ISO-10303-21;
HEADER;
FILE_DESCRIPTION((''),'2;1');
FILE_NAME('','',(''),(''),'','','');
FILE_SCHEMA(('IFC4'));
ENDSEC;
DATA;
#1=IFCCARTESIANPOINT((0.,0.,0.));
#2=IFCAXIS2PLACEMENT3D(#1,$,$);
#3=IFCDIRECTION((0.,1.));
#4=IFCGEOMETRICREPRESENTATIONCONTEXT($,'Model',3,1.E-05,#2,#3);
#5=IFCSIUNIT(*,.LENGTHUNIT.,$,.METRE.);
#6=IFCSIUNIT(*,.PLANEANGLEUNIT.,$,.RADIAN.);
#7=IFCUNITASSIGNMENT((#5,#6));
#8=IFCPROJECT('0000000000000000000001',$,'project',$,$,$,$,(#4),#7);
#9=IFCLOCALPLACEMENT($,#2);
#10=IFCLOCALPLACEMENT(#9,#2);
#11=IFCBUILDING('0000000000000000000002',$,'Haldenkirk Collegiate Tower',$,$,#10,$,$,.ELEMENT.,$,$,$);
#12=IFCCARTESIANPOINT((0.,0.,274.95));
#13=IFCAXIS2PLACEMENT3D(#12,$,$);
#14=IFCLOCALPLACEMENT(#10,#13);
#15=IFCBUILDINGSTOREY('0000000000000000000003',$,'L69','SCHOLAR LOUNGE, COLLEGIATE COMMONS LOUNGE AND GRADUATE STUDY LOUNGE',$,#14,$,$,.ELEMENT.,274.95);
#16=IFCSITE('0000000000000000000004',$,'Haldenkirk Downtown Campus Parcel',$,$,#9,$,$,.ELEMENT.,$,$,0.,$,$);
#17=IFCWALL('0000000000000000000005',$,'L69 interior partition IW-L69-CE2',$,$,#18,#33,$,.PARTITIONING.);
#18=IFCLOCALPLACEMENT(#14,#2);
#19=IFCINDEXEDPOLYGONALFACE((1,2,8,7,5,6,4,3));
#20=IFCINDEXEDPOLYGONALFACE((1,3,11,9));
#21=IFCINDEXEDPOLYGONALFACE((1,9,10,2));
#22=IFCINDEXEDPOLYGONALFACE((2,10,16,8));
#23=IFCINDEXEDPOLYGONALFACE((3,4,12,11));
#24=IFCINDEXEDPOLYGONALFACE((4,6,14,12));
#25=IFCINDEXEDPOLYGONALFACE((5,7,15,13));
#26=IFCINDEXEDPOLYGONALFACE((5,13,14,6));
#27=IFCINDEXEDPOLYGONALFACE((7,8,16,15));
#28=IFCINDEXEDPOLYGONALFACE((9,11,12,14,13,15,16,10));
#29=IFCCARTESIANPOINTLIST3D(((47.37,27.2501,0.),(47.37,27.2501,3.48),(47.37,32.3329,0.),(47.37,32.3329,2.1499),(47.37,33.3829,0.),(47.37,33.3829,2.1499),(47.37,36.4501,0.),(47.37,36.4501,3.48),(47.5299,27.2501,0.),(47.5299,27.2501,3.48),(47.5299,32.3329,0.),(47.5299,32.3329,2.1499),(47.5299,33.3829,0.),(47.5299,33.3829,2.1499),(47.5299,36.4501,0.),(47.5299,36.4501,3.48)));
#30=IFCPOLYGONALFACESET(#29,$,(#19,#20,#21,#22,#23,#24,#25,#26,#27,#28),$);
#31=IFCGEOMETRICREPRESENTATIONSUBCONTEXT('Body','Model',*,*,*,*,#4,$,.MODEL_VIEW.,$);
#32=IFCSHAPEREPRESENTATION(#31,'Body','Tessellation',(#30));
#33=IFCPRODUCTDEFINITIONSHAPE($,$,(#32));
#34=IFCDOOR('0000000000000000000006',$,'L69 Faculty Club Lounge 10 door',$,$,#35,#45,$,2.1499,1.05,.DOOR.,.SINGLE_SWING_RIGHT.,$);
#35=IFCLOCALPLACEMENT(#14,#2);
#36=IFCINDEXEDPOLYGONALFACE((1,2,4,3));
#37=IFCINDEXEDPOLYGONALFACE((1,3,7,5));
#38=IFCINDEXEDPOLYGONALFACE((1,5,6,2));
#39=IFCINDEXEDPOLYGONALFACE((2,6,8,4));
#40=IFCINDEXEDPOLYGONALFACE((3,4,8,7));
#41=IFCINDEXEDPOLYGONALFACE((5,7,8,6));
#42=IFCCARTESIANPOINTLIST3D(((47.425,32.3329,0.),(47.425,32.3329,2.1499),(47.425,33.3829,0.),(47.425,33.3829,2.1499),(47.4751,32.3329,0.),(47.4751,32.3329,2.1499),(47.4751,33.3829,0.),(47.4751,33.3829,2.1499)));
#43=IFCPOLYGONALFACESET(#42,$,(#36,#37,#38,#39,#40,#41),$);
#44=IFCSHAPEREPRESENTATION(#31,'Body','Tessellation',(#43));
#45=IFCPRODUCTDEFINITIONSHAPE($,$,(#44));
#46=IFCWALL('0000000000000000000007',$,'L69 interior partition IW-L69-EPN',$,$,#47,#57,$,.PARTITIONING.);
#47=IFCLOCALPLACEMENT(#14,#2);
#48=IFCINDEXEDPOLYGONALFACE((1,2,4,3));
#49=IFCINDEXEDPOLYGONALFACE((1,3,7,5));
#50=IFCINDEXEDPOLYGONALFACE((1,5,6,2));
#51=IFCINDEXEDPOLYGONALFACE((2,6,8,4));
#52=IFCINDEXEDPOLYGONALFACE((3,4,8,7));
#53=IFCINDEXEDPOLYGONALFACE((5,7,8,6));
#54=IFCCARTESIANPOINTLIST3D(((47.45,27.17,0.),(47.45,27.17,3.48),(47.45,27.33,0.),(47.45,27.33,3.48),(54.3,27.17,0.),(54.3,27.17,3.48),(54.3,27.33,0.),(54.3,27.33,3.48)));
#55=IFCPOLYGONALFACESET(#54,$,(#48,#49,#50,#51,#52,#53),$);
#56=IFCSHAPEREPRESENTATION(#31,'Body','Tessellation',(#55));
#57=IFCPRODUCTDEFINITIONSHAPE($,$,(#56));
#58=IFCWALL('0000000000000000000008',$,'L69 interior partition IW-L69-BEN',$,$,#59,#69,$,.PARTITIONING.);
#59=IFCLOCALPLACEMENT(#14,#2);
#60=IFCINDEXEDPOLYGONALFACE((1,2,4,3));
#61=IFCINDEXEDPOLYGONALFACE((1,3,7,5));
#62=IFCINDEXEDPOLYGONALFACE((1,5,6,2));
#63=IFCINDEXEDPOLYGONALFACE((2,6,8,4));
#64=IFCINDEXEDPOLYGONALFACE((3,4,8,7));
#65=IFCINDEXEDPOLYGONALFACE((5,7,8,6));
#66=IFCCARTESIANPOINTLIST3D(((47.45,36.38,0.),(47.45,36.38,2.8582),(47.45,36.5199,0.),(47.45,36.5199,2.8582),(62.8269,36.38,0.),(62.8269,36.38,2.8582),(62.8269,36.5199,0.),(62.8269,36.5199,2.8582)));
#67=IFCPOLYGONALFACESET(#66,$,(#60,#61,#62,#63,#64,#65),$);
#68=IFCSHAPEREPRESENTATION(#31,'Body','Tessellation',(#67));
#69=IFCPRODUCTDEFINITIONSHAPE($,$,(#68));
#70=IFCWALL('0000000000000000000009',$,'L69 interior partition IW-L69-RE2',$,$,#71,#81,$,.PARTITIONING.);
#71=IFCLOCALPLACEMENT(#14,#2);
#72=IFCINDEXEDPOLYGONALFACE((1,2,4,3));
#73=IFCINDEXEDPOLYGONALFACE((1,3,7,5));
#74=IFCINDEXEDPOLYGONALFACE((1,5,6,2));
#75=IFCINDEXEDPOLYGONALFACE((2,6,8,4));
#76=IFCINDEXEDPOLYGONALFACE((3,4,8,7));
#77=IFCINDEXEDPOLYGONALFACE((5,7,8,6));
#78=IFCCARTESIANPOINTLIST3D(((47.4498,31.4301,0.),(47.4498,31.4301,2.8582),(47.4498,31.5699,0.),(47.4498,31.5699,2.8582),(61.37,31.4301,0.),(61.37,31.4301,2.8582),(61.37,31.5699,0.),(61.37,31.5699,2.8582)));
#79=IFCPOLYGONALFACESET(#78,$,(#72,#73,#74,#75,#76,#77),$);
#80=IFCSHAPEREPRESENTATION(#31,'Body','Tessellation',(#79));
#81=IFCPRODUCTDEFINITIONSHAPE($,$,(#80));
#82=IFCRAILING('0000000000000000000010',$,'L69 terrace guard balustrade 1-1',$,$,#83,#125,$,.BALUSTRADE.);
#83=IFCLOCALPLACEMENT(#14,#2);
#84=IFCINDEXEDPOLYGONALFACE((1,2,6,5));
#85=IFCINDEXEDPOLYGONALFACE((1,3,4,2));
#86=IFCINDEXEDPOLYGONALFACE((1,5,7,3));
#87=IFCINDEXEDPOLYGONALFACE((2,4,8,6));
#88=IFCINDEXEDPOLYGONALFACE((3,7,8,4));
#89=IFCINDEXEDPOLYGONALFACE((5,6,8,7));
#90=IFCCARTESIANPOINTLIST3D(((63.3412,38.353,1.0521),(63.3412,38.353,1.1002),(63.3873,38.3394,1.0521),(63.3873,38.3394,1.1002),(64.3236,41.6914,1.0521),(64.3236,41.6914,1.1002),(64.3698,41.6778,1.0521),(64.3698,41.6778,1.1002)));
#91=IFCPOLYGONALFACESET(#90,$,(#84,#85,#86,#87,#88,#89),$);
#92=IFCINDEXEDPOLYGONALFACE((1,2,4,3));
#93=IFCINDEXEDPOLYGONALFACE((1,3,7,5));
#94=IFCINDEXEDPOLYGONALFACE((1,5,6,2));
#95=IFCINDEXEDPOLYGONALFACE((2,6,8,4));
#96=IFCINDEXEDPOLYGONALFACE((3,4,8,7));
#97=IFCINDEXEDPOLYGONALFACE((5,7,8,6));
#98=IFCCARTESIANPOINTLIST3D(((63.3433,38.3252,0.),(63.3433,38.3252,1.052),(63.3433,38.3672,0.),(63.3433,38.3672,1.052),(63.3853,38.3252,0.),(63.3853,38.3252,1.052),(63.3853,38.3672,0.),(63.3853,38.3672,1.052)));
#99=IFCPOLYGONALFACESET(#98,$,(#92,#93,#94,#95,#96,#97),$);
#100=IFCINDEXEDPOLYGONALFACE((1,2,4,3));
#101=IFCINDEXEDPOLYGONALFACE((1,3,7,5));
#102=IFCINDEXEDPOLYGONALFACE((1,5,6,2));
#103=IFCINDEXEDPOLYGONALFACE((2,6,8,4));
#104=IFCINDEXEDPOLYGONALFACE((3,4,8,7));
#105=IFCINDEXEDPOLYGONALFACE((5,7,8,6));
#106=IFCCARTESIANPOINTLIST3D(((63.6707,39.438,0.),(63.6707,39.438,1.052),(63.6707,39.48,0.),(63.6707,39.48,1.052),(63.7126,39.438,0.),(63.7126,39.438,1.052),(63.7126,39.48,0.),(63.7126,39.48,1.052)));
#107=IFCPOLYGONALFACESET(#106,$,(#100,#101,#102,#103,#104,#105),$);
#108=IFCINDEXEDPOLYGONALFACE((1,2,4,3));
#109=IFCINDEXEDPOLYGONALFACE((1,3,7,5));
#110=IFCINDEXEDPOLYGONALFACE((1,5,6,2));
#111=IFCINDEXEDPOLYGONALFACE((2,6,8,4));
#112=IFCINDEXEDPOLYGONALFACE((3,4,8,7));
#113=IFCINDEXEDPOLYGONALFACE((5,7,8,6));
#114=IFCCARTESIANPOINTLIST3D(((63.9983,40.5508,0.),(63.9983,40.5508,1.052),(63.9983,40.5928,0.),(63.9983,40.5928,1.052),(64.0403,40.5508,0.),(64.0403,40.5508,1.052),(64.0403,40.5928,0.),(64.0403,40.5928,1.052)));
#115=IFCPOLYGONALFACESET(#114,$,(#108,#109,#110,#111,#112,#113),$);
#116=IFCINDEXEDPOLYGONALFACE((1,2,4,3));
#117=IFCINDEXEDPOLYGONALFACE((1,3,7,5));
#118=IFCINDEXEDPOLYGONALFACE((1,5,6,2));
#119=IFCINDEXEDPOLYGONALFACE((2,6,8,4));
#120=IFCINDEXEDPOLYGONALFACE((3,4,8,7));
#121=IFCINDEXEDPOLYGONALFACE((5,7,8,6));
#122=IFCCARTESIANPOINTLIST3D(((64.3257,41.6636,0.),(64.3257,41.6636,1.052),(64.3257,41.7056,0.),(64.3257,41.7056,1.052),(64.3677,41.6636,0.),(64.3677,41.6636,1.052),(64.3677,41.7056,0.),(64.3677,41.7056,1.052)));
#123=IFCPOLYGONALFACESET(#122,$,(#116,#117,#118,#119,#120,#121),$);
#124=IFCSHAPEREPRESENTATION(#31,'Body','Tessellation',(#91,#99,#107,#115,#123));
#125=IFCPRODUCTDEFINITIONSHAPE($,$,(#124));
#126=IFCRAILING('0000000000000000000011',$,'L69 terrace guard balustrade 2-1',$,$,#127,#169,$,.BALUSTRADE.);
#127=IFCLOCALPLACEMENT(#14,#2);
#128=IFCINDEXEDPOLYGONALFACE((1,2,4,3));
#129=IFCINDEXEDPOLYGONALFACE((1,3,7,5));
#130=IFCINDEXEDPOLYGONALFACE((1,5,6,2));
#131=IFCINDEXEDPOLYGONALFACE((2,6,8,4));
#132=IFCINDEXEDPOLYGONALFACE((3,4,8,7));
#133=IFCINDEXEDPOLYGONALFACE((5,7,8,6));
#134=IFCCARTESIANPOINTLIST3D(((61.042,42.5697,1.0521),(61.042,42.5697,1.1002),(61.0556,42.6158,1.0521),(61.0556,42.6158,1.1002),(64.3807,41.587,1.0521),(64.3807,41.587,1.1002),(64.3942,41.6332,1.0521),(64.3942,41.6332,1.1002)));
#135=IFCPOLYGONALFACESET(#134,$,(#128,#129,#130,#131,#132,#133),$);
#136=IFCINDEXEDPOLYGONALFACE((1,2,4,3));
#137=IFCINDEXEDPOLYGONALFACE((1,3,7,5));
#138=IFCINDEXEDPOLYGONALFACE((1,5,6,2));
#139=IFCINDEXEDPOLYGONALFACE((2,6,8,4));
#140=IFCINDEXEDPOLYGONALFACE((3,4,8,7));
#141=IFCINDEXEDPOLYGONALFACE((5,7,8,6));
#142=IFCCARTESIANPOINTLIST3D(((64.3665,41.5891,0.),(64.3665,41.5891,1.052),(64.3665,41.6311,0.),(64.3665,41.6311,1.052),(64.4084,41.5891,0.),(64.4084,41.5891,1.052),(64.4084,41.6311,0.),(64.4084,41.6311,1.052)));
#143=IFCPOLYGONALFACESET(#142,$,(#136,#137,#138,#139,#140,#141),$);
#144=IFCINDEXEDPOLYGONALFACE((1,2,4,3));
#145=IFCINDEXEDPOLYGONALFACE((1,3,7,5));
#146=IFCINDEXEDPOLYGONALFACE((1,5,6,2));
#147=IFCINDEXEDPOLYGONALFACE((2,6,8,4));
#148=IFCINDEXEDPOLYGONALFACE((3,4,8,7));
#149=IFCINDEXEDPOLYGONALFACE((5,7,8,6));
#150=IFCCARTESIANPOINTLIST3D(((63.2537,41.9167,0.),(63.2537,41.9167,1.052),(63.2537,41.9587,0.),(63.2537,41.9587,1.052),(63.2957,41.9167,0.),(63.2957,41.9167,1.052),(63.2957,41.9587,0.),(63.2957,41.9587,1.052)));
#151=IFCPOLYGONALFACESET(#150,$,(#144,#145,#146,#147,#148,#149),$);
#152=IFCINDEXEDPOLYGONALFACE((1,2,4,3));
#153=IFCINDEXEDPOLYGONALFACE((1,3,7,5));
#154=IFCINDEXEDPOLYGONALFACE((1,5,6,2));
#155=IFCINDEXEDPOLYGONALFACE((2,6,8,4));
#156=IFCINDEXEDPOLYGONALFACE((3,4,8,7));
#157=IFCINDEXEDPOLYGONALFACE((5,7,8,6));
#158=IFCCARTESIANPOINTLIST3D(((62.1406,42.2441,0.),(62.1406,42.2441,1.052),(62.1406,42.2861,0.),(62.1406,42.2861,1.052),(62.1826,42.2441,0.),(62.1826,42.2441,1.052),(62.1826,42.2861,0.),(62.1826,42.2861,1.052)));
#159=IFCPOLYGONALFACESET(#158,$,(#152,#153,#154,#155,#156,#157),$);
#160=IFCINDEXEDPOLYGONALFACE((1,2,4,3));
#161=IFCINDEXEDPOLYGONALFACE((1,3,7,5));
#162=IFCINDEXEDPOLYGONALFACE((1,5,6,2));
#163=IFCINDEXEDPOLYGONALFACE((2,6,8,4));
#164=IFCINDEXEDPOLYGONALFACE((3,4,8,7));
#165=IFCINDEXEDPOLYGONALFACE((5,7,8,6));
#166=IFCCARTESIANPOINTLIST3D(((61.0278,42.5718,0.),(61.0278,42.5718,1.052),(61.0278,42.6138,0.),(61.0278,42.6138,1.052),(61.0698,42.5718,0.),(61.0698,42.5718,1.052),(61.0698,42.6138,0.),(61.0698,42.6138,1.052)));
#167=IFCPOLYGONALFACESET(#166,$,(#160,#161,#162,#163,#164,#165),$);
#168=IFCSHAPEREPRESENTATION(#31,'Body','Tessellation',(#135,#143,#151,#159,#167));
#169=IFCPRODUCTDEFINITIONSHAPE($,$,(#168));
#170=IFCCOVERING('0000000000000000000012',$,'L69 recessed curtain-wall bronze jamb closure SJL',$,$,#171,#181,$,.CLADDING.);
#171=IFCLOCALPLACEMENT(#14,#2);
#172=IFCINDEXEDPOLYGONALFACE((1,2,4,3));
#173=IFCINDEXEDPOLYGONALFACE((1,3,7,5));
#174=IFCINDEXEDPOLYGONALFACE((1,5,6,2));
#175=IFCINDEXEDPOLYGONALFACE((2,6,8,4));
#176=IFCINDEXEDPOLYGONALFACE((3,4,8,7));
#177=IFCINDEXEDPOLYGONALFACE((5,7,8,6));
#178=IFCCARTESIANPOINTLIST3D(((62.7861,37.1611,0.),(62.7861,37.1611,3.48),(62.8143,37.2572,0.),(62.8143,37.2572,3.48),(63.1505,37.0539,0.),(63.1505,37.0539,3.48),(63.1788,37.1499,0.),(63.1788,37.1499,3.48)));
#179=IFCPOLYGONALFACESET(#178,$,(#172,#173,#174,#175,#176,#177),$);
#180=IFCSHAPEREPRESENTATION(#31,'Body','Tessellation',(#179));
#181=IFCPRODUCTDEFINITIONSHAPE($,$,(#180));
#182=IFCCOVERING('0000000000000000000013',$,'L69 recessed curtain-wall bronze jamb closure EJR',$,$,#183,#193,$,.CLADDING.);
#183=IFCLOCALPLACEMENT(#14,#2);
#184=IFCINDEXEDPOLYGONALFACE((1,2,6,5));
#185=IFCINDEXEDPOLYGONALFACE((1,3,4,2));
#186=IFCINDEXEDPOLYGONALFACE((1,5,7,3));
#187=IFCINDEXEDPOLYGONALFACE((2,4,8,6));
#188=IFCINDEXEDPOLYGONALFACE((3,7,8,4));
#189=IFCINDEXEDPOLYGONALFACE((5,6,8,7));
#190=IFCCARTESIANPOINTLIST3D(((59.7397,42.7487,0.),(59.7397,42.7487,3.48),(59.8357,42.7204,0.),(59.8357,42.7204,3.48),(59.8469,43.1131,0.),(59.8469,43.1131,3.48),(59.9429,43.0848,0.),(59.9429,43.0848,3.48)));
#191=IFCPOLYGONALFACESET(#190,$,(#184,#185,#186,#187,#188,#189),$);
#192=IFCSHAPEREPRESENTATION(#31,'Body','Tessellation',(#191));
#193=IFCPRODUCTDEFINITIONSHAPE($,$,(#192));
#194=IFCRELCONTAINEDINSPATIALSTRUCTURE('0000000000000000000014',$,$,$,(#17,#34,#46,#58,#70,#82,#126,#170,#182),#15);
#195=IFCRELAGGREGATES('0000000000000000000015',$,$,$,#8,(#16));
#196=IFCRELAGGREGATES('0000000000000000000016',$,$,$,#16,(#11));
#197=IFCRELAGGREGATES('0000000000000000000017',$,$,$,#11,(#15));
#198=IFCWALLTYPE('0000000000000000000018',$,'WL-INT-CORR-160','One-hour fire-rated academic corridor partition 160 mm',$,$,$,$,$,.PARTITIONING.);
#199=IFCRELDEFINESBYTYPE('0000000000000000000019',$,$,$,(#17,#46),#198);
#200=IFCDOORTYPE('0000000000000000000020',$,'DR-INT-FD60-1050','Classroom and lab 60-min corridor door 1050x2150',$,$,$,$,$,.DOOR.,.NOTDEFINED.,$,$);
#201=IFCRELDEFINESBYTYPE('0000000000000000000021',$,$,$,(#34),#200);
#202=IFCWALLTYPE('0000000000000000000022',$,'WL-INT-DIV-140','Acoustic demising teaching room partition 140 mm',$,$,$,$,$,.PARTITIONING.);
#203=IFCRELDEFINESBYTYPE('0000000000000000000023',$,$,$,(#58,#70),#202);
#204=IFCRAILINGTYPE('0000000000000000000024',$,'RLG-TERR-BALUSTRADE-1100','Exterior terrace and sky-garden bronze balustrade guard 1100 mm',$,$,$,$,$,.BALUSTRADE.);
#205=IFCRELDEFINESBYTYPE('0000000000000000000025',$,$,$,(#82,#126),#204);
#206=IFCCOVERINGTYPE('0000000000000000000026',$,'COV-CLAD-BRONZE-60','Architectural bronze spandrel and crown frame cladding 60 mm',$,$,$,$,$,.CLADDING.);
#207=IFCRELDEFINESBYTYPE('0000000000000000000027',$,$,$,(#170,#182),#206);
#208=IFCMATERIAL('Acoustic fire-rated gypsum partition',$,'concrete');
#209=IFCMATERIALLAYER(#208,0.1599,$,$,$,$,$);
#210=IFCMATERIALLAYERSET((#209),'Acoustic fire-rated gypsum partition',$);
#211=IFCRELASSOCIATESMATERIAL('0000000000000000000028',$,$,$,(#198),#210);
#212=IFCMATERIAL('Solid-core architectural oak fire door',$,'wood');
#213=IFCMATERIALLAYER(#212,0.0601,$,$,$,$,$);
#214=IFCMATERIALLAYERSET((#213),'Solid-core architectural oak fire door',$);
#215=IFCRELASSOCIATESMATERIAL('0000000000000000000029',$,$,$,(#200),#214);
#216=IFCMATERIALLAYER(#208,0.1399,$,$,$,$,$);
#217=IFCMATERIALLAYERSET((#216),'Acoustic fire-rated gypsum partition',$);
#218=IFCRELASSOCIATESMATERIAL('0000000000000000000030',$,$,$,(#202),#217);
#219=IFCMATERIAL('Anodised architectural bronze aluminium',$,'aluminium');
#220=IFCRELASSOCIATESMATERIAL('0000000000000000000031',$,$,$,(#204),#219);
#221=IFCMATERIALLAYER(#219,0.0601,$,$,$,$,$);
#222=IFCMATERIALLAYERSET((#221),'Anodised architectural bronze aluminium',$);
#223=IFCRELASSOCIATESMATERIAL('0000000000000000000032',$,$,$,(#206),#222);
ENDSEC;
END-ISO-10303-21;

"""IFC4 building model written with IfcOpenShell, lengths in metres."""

from ifc_helpers import new_model, si_unit, direction, frame, frame_2d, origin, origin_2d, place, context, subcontext, project, spatial, rectangle, extrude, source, transform, mapped, material, layer, layer_set, type_object, element, fill, save


model = new_model("IFC4")

# Units and contexts
model_context = context("Model", 3, precision=1e-05, world=origin(), true_north=direction((0.0, 1.0)))
body_context = subcontext(model_context, "Body", "Model", "MODEL_VIEW")
ifc_project = project(units=[si_unit("LENGTHUNIT", "METRE"), si_unit("PLANEANGLEUNIT", "RADIAN")], contexts=[model_context])

# Site, building, storey
site_placement = place(None, origin())
site = spatial("IfcSite", under=ifc_project, at=site_placement, Name="Haldenkirk Downtown Campus Parcel", CompositionType="ELEMENT", RefElevation=0.0)
building_placement = place(site_placement, origin())
building = spatial("IfcBuilding", under=site, at=building_placement, Name="Haldenkirk Collegiate Tower", CompositionType="ELEMENT")
storey_placement = place(building_placement, frame((0.0, 0.0, 274.95)))
storey = spatial("IfcBuildingStorey", under=building, at=storey_placement, Name="L69", Description="SCHOLAR LOUNGE, COLLEGIATE COMMONS LOUNGE AND GRADUATE STUDY LOUNGE", CompositionType="ELEMENT", Elevation=274.95)

# Shared definitions
ifc_material_1 = material(Name="Anodised architectural bronze aluminium", Category="aluminium")

# Wall, opening, door
ifc_material_2 = material(Name="Acoustic fire-rated gypsum partition", Category="concrete")
ifc_layer_1 = layer(ifc_material_2, 0.1599)
ifc_layer_set_1 = layer_set([ifc_layer_1], Name="Acoustic fire-rated gypsum partition")
wall_type_1 = type_object("IfcWallType", Name="WL-INT-CORR-160", Description="One-hour fire-rated academic corridor partition 160 mm", PredefinedType="PARTITIONING", material=ifc_layer_set_1)
wall_1_placement = place(storey_placement, frame((47.45, 27.25, 0.0), z_axis=(0.0, 0.0, 1.0), x_axis=(0.0, 1.0, 0.0)))
wall_1 = element("IfcWall", 1, at=wall_1_placement, inside=storey, type_object=wall_type_1, Name="L69 interior partition IW-L69-CE2", PredefinedType="PARTITIONING", context=body_context, shape_type="SweptSolid", body=[
    extrude(rectangle(XDim=9.2, YDim=0.1599, at=frame_2d((4.6001, 0.0))), origin(), (0.0, 0.0, 1.0), 3.48),
])
opening_1_placement = place(wall_1_placement, frame((5.083, 0.0, 0.0)))
opening_1 = element("IfcOpeningElement", 2, at=opening_1_placement, cuts=wall_1, PredefinedType="OPENING", context=body_context, shape_type="SweptSolid", body=[
    extrude(rectangle(XDim=1.05, YDim=2.1499, at=frame_2d((0.5249, 1.075))), frame((0.0, 0.0898, 0.0), z_axis=(0.0, -1.0, 0.0), x_axis=(1.0, 0.0, 0.0)), (0.0, 0.0, 1.0), 0.1799),
])
ifc_material_3 = material(Name="Solid-core architectural oak fire door", Category="wood")
ifc_layer_2 = layer(ifc_material_3, 0.0601)
ifc_layer_set_2 = layer_set([ifc_layer_2], Name="Solid-core architectural oak fire door")
door_type_1 = type_object("IfcDoorType", Name="DR-INT-FD60-1050", Description="Classroom and lab 60-min corridor door 1050x2150", OperationType="NOTDEFINED", PredefinedType="DOOR", material=ifc_layer_set_2)
door_1_placement = place(opening_1_placement, origin())
door_1 = element("IfcDoor", 3, at=door_1_placement, inside=storey, type_object=door_type_1, Name="L69 Faculty Club Lounge 10 door", OperationType="SINGLE_SWING_RIGHT", OverallHeight=2.1499, OverallWidth=1.05, PredefinedType="DOOR", context=body_context, shape_type="SweptSolid", body=[
    extrude(rectangle(XDim=1.05, YDim=2.1499, at=frame_2d((0.5249, 1.075))), frame((0.0, 0.0249, 0.0), z_axis=(0.0, -1.0, 0.0), x_axis=(1.0, 0.0, 0.0)), (0.0, 0.0, 1.0), 0.05),
])
fill(opening_1, door_1)

# Walls
wall_2_placement = place(storey_placement, frame((47.45, 27.25, 0.0), z_axis=(0.0, 0.0, 1.0), x_axis=(1.0, 0.0, 0.0)))
element("IfcWall", 4, at=wall_2_placement, inside=storey, type_object=wall_type_1, Name="L69 interior partition IW-L69-EPN", PredefinedType="PARTITIONING", context=body_context, shape_type="SweptSolid", body=[
    extrude(rectangle(XDim=6.8501, YDim=0.1599, at=frame_2d((3.425, 0.0))), origin(), (0.0, 0.0, 1.0), 3.48),
])
ifc_layer_3 = layer(ifc_material_2, 0.1399)
ifc_layer_set_3 = layer_set([ifc_layer_3], Name="Acoustic fire-rated gypsum partition")
wall_type_2 = type_object("IfcWallType", Name="WL-INT-DIV-140", Description="Acoustic demising teaching room partition 140 mm", PredefinedType="PARTITIONING", material=ifc_layer_set_3)
wall_3_placement = place(storey_placement, frame((47.45, 36.45, 0.0), z_axis=(0.0, 0.0, 1.0), x_axis=(1.0, 0.0, 0.0)))
element("IfcWall", 5, at=wall_3_placement, inside=storey, type_object=wall_type_2, Name="L69 interior partition IW-L69-BEN", PredefinedType="PARTITIONING", context=body_context, shape_type="SweptSolid", body=[
    extrude(rectangle(XDim=15.377, YDim=0.1399, at=frame_2d((7.6885, 0.0))), origin(), (0.0, 0.0, 1.0), 2.8582),
])
wall_4_placement = place(storey_placement, frame((47.45, 31.5, 0.0), z_axis=(0.0, 0.0, 1.0), x_axis=(1.0, 0.0, 0.0)))
element("IfcWall", 6, at=wall_4_placement, inside=storey, type_object=wall_type_2, Name="L69 interior partition IW-L69-RE2", PredefinedType="PARTITIONING", context=body_context, shape_type="SweptSolid", body=[
    extrude(rectangle(XDim=13.9202, YDim=0.1399, at=frame_2d((6.96, 0.0))), origin(), (0.0, 0.0, 1.0), 2.8582),
])

# Railings
railing_type = type_object("IfcRailingType", Name="RLG-TERR-BALUSTRADE-1100", Description="Exterior terrace and sky-garden bronze balustrade guard 1100 mm", PredefinedType="BALUSTRADE", material=ifc_material_1)
railing_1_placement = place(storey_placement, frame((63.3643, 38.3462, 0.0)))
element("IfcRailing", 7, at=railing_1_placement, inside=storey, type_object=railing_type, Name="L69 terrace guard balustrade 1-1", PredefinedType="BALUSTRADE", context=body_context, shape_type="SweptSolid", body=[
    extrude(rectangle(XDim=0.0481, YDim=0.0481, at=origin_2d()), frame((0.0, 0.0, 1.0762), z_axis=(0.282311, 0.959323, 0.0), x_axis=(-0.959323, 0.282311, 0.0)), (0.0, 0.0, 1.0), 3.48),
    extrude(rectangle(XDim=0.042, YDim=0.042, at=origin_2d()), origin(), (0.0, 0.0, 1.0), 1.052),
    extrude(rectangle(XDim=0.042, YDim=0.042, at=origin_2d()), frame((0.3274, 1.1128, 0.0)), (0.0, 0.0, 1.0), 1.052),
    extrude(rectangle(XDim=0.042, YDim=0.042, at=origin_2d()), frame((0.655, 2.2256, 0.0)), (0.0, 0.0, 1.0), 1.052),
    extrude(rectangle(XDim=0.042, YDim=0.042, at=origin_2d()), frame((0.9824, 3.3384, 0.0)), (0.0, 0.0, 1.0), 1.052),
])
railing_2_placement = place(storey_placement, frame((64.3875, 41.6101, 0.0)))
element("IfcRailing", 8, at=railing_2_placement, inside=storey, type_object=railing_type, Name="L69 terrace guard balustrade 2-1", PredefinedType="BALUSTRADE", context=body_context, shape_type="SweptSolid", body=[
    extrude(rectangle(XDim=0.0481, YDim=0.0481, at=origin_2d()), frame((0.0, 0.0, 1.0762), z_axis=(-0.95931, 0.282356, 0.0), x_axis=(-0.282356, -0.95931, 0.0)), (0.0, 0.0, 1.0), 3.4802),
    extrude(rectangle(XDim=0.042, YDim=0.042, at=origin_2d()), origin(), (0.0, 0.0, 1.0), 1.052),
    extrude(rectangle(XDim=0.042, YDim=0.042, at=origin_2d()), frame((-1.1128, 0.3276, 0.0)), (0.0, 0.0, 1.0), 1.052),
    extrude(rectangle(XDim=0.042, YDim=0.042, at=origin_2d()), frame((-2.2258, 0.655, 0.0)), (0.0, 0.0, 1.0), 1.052),
    extrude(rectangle(XDim=0.042, YDim=0.042, at=origin_2d()), frame((-3.3386, 0.9827, 0.0)), (0.0, 0.0, 1.0), 1.052),
])

# Coverings
ifc_layer_4 = layer(ifc_material_1, 0.0601)
ifc_layer_set_4 = layer_set([ifc_layer_4], Name="Anodised architectural bronze aluminium")
covering_type = type_object("IfcCoveringType", Name="COV-CLAD-BRONZE-60", Description="Architectural bronze spandrel and crown frame cladding 60 mm", PredefinedType="CLADDING", material=ifc_layer_set_4)
shared_shape_1 = source(origin(), body_context, "Body", "SweptSolid", [
    extrude(rectangle(XDim=0.1001, YDim=0.3799, at=origin_2d()), origin(), (0.0, 0.0, 1.0), 3.48),
])
for number, where, z_axis, x_axis, name in (
    (9, (62.9824, 37.1555, 0.0), (0.0, 0.0, 1.0), (-0.282341, -0.959314, 0.0), "L69 recessed curtain-wall bronze jamb closure SJL"),
    (10, (59.8413, 42.9167, 0.0), (0.0, 0.0, 1.0), (0.959314, -0.282341, 0.0), "L69 recessed curtain-wall bronze jamb closure EJR"),
):
    element("IfcCovering", number, at=place(storey_placement, frame(where, z_axis=z_axis, x_axis=x_axis)), inside=storey, type_object=covering_type, Name=name, PredefinedType="CLADDING", context=body_context, shape_type="MappedRepresentation", body=[
        mapped(shared_shape_1, transform((0.0, 0.0, 0.0), x_axis=(1.0, 0.0, 0.0), y_axis=(0.0, 1.0, 0.0), z_axis=(0.0, 0.0, 1.0), scale=1.0)),
    ])

save(model, "model.ifc")
